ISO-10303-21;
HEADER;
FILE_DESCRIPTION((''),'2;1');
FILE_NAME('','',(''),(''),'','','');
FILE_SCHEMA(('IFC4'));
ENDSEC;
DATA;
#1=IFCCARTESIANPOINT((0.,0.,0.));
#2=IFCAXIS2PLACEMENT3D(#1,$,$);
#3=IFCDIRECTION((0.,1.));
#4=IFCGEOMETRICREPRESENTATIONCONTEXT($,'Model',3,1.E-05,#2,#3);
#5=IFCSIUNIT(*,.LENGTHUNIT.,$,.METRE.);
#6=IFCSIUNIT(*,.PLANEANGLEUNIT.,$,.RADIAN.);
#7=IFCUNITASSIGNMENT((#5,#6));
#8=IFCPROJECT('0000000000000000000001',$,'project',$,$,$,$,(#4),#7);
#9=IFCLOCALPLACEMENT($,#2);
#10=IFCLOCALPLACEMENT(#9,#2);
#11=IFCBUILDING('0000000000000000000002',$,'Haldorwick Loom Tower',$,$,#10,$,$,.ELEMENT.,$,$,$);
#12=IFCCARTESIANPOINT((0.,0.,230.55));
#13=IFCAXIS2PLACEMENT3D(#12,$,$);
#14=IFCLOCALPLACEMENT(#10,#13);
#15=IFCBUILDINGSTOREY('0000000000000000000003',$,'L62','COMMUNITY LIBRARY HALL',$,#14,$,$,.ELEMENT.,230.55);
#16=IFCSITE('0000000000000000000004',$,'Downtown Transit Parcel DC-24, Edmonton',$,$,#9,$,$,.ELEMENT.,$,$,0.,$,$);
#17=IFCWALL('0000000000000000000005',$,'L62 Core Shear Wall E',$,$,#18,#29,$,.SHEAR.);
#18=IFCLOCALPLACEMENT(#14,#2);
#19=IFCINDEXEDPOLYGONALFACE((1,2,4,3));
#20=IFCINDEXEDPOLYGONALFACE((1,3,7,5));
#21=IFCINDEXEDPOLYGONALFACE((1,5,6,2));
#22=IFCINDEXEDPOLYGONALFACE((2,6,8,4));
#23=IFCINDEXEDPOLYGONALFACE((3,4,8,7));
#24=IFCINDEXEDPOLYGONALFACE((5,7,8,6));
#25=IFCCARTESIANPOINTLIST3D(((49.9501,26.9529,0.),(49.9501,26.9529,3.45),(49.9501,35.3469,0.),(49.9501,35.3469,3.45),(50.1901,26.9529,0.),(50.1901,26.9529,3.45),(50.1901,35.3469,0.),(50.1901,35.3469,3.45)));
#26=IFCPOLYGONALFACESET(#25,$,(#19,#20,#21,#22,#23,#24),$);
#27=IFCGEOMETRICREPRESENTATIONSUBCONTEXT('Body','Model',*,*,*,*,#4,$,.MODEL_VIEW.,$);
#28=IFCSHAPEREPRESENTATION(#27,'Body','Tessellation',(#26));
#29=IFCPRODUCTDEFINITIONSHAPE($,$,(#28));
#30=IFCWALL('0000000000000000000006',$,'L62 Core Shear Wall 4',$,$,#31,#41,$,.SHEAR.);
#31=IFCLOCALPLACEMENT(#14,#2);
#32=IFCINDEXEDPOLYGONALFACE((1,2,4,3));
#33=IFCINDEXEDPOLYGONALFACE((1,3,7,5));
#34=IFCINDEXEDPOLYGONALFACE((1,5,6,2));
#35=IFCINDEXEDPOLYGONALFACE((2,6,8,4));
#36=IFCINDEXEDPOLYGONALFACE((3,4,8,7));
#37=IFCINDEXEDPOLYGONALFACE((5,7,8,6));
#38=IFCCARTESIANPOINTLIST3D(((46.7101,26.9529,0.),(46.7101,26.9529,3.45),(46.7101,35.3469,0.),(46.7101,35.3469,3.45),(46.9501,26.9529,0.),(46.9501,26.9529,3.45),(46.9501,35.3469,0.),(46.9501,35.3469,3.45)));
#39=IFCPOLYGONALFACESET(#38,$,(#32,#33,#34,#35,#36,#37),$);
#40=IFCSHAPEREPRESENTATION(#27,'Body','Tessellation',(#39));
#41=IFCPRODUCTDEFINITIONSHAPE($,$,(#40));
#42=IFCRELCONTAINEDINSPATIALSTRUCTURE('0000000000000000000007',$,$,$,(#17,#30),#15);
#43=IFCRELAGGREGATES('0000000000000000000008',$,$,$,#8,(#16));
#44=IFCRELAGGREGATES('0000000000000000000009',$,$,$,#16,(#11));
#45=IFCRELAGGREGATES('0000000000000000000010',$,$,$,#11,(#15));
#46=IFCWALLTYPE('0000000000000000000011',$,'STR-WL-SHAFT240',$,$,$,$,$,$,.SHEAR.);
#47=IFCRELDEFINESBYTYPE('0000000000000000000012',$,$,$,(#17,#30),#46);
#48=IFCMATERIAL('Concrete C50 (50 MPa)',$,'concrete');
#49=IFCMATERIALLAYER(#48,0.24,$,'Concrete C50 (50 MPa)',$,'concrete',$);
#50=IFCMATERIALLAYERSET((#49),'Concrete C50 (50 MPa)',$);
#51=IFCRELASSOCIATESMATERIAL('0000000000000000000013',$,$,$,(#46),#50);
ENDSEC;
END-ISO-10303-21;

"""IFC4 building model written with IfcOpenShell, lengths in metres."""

from ifc_helpers import new_model, si_unit, direction, frame, frame_2d, origin, place, context, subcontext, project, spatial, rectangle, extrude, material, layer, layer_set, type_object, element, save


model = new_model("IFC4")

# Units and contexts
model_context = context("Model", 3, precision=1e-05, world=origin(), true_north=direction((0.0, 1.0)))
body_context = subcontext(model_context, "Body", "Model", "MODEL_VIEW")
ifc_project = project(units=[si_unit("LENGTHUNIT", "METRE"), si_unit("PLANEANGLEUNIT", "RADIAN")], contexts=[model_context])

# Site, building, storey
site_placement = place(None, origin())
site = spatial("IfcSite", under=ifc_project, at=site_placement, Name="Downtown Transit Parcel DC-24, Edmonton", CompositionType="ELEMENT", RefElevation=0.0)
building_placement = place(site_placement, origin())
building = spatial("IfcBuilding", under=site, at=building_placement, Name="Haldorwick Loom Tower", CompositionType="ELEMENT")
storey_placement = place(building_placement, frame((0.0, 0.0, 230.55)))
storey = spatial("IfcBuildingStorey", under=building, at=storey_placement, Name="L62", Description="COMMUNITY LIBRARY HALL", CompositionType="ELEMENT", Elevation=230.55)

# Walls
ifc_material_1 = material(Name="Concrete C50 (50 MPa)", Category="concrete")
ifc_layer_1 = layer(ifc_material_1, 0.24, Name="Concrete C50 (50 MPa)", Category="concrete")
ifc_layer_set_1 = layer_set([ifc_layer_1], Name="Concrete C50 (50 MPa)")
wall_type_1 = type_object("IfcWallType", Name="STR-WL-SHAFT240", PredefinedType="SHEAR", material=ifc_layer_set_1)
for number, where, z_axis, x_axis, name in (
    (1, (50.0701, 26.9529, 0.0), (0.0, 0.0, 1.0), (0.0, 1.0, 0.0), "L62 Core Shear Wall E"),
    (2, (46.8301, 26.9529, 0.0), (0.0, 0.0, 1.0), (0.0, 1.0, 0.0), "L62 Core Shear Wall 4"),
):
    element("IfcWall", number, at=place(storey_placement, frame(where, z_axis=z_axis, x_axis=x_axis)), inside=storey, type_object=wall_type_1, Name=name, PredefinedType="SHEAR", context=body_context, shape_type="SweptSolid", body=[
        extrude(rectangle(XDim=8.394, YDim=0.24, at=frame_2d((4.197, 0.0))), origin(), (0.0, 0.0, 1.0), 3.45),
    ])

save(model, "model.ifc")
